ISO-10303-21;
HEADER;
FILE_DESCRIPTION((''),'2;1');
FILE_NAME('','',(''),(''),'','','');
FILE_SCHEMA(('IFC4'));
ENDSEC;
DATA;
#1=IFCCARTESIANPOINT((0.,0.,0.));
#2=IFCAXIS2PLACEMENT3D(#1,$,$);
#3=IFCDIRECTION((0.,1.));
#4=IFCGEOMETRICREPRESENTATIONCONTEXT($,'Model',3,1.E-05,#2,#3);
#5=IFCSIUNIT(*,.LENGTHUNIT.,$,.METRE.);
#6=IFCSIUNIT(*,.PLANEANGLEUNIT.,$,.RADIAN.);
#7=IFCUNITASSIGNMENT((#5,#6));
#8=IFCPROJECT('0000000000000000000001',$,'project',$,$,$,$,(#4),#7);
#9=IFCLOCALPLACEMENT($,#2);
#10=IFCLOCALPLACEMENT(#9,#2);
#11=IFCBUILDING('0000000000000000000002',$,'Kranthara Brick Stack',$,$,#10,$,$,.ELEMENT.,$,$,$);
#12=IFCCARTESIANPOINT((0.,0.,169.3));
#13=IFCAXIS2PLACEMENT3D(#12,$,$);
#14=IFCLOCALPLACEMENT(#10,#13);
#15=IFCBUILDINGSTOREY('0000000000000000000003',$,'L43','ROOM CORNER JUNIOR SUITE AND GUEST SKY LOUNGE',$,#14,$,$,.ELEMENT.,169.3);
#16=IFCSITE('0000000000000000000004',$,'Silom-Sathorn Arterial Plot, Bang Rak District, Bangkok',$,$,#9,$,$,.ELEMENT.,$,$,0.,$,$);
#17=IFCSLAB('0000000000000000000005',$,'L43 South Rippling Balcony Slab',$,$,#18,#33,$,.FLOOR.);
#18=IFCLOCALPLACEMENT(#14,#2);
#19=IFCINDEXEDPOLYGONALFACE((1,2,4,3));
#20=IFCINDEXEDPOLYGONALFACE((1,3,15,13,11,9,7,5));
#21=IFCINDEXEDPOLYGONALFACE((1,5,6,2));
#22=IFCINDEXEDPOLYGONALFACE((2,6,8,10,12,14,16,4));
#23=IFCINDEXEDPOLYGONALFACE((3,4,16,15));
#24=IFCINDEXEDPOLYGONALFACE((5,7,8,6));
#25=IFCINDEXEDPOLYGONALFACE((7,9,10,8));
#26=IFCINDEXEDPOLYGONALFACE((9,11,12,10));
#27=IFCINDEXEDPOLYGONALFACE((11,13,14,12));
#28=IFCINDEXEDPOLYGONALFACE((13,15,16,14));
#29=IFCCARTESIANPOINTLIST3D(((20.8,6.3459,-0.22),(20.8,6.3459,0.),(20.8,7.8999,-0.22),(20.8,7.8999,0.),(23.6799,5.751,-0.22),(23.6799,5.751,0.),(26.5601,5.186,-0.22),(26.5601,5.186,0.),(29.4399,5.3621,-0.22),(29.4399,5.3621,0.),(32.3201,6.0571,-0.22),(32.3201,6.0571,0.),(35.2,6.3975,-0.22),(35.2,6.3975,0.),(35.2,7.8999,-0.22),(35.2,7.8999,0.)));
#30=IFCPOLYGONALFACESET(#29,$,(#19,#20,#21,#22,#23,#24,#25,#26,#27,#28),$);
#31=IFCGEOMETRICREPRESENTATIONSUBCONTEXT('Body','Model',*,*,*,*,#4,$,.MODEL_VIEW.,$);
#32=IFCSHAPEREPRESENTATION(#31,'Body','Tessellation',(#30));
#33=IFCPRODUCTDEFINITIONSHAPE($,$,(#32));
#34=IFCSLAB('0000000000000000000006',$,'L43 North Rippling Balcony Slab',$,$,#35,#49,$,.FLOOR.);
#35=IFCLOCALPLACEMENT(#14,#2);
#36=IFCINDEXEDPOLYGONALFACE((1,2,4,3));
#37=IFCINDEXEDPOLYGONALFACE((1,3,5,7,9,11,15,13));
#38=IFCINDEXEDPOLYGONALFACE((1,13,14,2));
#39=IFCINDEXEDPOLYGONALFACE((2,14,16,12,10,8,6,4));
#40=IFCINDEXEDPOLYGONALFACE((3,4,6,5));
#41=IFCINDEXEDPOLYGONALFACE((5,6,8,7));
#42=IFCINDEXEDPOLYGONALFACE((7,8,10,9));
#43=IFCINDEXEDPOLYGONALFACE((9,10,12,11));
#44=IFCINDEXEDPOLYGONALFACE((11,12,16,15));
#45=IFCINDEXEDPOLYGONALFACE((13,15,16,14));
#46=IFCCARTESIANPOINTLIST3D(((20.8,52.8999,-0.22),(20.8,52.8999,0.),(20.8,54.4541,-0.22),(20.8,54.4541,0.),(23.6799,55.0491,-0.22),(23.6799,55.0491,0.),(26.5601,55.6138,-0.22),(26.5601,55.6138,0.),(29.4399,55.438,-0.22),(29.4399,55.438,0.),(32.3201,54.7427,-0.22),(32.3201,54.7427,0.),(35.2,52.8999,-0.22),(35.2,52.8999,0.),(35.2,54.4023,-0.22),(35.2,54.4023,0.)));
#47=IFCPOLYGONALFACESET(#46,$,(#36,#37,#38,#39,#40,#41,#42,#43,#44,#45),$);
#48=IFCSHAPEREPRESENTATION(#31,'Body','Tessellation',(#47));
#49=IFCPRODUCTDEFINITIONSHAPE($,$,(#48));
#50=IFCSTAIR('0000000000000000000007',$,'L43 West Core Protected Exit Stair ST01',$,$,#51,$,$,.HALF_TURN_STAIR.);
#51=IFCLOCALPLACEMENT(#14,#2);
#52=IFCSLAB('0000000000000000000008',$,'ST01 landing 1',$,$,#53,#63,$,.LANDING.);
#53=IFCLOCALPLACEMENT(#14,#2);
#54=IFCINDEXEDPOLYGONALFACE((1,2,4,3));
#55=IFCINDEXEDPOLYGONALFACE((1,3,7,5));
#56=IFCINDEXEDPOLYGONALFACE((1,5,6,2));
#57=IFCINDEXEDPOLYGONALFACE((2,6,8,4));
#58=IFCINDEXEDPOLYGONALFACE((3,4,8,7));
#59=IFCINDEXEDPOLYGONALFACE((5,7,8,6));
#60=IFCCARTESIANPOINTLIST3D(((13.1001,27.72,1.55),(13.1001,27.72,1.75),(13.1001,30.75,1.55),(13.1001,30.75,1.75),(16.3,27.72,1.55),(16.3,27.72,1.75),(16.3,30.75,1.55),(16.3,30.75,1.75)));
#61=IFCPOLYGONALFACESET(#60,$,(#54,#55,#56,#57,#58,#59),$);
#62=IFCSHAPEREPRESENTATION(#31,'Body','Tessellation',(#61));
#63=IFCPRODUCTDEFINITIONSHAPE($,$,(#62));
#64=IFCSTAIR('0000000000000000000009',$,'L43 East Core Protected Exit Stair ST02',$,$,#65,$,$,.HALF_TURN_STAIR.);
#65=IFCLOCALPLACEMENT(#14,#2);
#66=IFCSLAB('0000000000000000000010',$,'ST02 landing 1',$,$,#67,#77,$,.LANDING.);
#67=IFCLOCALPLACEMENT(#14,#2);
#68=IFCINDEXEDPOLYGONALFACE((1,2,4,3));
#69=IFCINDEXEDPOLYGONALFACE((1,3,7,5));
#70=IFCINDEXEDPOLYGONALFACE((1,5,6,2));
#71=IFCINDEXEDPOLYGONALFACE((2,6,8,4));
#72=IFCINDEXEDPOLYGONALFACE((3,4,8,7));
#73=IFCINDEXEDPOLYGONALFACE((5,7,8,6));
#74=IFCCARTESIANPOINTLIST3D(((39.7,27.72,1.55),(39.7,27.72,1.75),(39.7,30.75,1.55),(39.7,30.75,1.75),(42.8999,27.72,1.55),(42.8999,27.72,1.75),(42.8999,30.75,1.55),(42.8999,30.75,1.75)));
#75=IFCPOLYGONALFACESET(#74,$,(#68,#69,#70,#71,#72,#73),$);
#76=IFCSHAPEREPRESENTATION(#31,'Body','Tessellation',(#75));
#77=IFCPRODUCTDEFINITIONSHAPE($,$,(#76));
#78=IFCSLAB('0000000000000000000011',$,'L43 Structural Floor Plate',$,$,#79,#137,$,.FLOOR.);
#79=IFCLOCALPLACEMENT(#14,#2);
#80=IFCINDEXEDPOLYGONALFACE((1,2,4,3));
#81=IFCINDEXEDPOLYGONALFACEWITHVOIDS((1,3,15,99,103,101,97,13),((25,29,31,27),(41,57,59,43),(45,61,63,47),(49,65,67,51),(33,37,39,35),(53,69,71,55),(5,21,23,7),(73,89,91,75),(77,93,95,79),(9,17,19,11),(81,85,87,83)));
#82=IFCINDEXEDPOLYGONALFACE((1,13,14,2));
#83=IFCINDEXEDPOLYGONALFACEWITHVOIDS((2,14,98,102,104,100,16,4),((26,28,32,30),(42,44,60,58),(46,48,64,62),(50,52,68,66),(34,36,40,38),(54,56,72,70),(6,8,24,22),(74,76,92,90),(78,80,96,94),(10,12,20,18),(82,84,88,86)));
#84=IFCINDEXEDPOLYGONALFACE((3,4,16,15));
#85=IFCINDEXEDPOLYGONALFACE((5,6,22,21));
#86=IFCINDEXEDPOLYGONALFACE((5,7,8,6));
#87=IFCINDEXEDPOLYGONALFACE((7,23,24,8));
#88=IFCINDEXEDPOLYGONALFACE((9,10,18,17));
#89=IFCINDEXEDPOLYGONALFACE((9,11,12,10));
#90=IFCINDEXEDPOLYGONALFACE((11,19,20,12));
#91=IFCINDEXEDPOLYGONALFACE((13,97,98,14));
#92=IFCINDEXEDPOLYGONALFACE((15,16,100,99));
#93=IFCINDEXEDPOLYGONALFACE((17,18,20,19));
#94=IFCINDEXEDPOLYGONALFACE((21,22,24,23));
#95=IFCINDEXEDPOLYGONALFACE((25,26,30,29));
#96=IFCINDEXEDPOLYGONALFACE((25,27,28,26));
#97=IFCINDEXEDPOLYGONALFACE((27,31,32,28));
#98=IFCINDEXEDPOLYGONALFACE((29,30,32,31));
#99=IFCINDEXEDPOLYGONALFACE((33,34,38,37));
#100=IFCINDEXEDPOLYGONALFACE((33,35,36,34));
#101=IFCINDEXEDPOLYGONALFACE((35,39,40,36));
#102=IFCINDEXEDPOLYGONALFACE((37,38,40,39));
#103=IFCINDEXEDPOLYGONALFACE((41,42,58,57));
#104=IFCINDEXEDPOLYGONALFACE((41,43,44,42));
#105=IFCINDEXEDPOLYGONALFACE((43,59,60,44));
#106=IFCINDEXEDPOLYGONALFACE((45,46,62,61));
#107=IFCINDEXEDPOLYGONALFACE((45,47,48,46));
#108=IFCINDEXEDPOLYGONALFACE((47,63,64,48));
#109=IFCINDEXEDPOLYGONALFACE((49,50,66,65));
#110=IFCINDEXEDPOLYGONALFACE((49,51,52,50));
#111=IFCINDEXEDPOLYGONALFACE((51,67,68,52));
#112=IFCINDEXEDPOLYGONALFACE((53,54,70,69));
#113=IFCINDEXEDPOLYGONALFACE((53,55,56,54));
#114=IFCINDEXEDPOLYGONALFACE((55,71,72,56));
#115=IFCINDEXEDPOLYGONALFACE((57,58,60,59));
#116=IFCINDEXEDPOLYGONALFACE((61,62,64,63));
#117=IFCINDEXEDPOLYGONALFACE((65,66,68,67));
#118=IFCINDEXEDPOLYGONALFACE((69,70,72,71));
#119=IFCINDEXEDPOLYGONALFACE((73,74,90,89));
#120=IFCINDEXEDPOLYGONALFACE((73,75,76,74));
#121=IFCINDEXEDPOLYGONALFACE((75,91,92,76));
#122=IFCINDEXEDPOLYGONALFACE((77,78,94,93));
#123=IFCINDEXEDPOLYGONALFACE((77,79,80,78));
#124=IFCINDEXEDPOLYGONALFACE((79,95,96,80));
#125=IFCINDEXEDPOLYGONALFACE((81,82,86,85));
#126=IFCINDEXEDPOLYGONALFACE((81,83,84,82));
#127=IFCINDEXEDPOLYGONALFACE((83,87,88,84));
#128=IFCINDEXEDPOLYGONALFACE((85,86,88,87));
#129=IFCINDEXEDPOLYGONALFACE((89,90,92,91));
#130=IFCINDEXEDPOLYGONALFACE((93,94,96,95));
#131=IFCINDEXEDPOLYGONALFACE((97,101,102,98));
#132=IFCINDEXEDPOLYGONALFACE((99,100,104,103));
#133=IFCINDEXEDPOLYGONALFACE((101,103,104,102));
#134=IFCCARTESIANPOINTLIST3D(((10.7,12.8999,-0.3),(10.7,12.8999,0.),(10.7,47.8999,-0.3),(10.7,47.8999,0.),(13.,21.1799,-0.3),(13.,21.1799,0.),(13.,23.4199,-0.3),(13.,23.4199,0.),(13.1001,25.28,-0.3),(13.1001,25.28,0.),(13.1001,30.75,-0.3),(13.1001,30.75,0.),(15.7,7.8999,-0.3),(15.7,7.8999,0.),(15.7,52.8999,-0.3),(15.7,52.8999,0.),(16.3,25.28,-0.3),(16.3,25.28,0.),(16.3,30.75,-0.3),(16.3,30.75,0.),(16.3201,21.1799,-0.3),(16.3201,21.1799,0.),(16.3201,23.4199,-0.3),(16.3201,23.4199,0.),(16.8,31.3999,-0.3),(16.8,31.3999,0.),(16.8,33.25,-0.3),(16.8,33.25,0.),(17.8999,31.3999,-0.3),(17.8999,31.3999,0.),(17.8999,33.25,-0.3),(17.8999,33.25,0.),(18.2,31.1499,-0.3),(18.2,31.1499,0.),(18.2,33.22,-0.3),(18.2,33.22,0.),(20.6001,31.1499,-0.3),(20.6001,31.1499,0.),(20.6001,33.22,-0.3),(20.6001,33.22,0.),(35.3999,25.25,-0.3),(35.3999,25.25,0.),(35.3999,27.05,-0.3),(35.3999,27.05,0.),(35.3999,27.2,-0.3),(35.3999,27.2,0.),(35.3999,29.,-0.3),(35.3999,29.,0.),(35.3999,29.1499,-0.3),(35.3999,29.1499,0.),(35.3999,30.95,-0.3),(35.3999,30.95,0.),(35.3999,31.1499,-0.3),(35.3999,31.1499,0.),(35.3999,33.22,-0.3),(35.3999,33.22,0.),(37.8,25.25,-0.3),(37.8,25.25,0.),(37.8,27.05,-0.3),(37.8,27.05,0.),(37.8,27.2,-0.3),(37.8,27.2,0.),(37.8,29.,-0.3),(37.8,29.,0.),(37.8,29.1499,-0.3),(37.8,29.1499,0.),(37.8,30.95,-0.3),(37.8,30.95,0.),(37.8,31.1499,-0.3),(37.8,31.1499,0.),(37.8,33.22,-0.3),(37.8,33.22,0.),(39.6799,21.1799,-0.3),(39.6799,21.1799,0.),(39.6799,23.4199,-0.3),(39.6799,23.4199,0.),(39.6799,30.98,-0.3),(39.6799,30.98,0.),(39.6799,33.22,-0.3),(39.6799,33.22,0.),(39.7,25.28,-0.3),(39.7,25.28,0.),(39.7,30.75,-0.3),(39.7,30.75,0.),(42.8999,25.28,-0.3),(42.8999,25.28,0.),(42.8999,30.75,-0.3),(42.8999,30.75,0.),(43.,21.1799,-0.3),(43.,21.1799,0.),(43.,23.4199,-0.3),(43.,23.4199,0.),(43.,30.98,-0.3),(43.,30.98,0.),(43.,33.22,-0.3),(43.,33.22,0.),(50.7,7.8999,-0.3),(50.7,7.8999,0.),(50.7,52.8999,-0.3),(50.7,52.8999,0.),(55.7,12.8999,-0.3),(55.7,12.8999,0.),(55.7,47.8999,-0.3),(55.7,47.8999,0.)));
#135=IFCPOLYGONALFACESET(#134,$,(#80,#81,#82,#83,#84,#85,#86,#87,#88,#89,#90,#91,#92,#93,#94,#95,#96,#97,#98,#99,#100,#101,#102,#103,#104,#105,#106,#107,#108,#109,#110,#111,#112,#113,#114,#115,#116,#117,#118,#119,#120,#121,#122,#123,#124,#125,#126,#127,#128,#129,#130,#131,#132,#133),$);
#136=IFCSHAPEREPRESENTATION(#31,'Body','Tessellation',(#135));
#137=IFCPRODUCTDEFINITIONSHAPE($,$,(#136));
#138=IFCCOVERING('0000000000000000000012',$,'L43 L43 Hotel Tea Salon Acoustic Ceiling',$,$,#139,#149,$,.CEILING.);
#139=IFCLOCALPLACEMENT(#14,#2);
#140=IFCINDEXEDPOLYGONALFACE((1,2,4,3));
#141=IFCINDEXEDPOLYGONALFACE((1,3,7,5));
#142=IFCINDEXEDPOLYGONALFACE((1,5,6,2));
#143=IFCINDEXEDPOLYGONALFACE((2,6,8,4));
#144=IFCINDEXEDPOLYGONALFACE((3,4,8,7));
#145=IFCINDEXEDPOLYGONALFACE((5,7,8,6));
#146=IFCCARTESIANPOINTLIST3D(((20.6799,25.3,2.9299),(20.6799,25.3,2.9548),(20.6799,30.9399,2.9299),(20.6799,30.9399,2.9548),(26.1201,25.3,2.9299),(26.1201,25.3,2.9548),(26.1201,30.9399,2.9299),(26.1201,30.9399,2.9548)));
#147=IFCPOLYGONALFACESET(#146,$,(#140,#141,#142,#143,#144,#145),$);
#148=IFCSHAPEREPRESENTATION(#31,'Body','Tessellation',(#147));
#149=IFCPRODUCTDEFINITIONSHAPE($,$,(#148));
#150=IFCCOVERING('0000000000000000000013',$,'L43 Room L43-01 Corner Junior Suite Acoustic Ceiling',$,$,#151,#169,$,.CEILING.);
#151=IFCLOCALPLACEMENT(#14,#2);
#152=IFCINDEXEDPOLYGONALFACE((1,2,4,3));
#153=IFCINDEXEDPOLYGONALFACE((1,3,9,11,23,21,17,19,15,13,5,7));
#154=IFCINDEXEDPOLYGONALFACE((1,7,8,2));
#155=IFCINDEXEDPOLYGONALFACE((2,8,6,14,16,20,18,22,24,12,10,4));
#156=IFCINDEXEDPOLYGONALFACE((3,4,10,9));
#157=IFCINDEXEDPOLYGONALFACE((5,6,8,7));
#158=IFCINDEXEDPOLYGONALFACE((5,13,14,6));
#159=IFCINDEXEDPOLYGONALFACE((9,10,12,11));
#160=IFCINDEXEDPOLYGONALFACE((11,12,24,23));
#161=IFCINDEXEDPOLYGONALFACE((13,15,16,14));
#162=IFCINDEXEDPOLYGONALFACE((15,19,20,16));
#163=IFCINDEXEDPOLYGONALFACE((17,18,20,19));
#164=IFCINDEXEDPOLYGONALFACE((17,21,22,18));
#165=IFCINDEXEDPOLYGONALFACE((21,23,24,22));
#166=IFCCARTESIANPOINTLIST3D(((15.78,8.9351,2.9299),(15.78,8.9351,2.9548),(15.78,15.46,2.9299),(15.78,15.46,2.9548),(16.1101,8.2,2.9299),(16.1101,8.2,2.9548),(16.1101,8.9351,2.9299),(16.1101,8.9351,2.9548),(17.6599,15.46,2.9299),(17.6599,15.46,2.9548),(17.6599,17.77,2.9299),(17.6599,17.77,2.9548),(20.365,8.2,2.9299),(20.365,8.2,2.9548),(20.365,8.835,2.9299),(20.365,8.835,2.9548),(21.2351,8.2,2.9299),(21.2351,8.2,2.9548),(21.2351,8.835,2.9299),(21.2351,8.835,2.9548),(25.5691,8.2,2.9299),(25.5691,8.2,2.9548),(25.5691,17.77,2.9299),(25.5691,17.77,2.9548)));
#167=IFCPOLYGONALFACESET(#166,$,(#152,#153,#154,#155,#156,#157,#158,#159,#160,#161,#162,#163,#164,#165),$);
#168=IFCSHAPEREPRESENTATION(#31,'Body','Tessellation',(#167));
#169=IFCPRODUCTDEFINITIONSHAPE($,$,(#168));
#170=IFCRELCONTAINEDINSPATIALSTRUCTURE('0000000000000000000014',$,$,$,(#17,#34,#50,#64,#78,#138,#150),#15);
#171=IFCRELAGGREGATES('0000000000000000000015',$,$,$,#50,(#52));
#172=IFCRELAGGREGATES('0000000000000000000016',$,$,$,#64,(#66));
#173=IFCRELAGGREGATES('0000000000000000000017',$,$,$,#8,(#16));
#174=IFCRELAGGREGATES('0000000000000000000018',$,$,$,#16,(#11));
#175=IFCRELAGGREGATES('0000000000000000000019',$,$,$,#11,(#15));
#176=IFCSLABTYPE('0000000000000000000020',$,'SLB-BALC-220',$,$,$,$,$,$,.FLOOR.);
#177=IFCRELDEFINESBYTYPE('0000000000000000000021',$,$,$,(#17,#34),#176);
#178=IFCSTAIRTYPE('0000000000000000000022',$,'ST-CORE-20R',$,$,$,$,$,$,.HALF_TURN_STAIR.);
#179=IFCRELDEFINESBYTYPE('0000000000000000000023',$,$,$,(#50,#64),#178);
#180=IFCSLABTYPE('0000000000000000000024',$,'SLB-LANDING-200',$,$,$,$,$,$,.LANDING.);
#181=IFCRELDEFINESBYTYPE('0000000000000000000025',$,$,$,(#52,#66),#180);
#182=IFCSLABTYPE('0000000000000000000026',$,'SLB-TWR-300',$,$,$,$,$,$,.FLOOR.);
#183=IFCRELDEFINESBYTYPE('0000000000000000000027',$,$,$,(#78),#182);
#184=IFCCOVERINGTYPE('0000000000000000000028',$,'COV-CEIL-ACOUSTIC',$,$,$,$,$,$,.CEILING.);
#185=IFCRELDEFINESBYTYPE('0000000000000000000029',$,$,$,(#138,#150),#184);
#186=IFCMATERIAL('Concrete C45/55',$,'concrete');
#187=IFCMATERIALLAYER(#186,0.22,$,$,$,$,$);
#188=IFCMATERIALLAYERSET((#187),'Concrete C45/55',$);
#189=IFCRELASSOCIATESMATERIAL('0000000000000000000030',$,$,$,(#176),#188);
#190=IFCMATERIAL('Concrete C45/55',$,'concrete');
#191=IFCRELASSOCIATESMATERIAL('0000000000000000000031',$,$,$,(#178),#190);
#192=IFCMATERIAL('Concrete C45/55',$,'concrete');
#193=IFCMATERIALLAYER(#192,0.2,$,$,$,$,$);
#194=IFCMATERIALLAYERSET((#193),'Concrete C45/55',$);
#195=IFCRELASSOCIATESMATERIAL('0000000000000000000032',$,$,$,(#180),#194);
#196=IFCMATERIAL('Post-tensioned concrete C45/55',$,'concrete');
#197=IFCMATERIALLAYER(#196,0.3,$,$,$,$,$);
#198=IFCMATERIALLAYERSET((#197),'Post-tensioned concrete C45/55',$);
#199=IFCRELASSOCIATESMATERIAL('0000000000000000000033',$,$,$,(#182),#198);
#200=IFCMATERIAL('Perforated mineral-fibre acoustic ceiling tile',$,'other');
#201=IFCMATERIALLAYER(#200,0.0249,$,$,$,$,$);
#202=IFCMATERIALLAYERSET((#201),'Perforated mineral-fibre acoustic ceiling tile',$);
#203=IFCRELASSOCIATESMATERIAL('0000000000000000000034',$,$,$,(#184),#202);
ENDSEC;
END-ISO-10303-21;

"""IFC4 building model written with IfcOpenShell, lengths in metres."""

from ifc_helpers import new_model, si_unit, direction, frame, origin, place, context, subcontext, project, spatial, polyline, outline, extrude, material, layer, layer_set, type_object, element, aggregate, save


model = new_model("IFC4")

# Units and contexts
model_context = context("Model", 3, precision=1e-05, world=origin(), true_north=direction((0.0, 1.0)))
body_context = subcontext(model_context, "Body", "Model", "MODEL_VIEW")
ifc_project = project(units=[si_unit("LENGTHUNIT", "METRE"), si_unit("PLANEANGLEUNIT", "RADIAN")], contexts=[model_context])

# Site, building, storey
site_placement = place(None, origin())
site = spatial("IfcSite", under=ifc_project, at=site_placement, Name="Silom-Sathorn Arterial Plot, Bang Rak District, Bangkok", CompositionType="ELEMENT", RefElevation=0.0)
building_placement = place(site_placement, origin())
building = spatial("IfcBuilding", under=site, at=building_placement, Name="Kranthara Brick Stack", CompositionType="ELEMENT")
storey_placement = place(building_placement, frame((0.0, 0.0, 169.3)))
storey = spatial("IfcBuildingStorey", under=building, at=storey_placement, Name="L43", Description="ROOM CORNER JUNIOR SUITE AND GUEST SKY LOUNGE", CompositionType="ELEMENT", Elevation=169.3)

# Slabs
ifc_material_1 = material(Name="Concrete C45/55", Category="concrete")
ifc_layer_1 = layer(ifc_material_1, 0.22)
ifc_layer_set_1 = layer_set([ifc_layer_1], Name="Concrete C45/55")
slab_type_1 = type_object("IfcSlabType", Name="SLB-BALC-220", PredefinedType="FLOOR", material=ifc_layer_set_1)
slab_1_placement = place(storey_placement, frame((0.0, 0.0, -0.22)))
element("IfcSlab", 1, at=slab_1_placement, inside=storey, type_object=slab_type_1, Name="L43 South Rippling Balcony Slab", PredefinedType="FLOOR", context=body_context, shape_type="SweptSolid", body=[
    extrude(outline(polyline([(20.8, 7.8999), (35.2, 7.8999), (35.2, 6.3975), (32.3201, 6.0571), (29.4399, 5.3621), (26.5601, 5.186), (23.6799, 5.751), (20.8, 6.3459), (20.8, 7.8999)])), origin(), (0.0, 0.0, 1.0), 0.22),
])
slab_2_placement = place(storey_placement, frame((0.0, 0.0, -0.22)))
element("IfcSlab", 2, at=slab_2_placement, inside=storey, type_object=slab_type_1, Name="L43 North Rippling Balcony Slab", PredefinedType="FLOOR", context=body_context, shape_type="SweptSolid", body=[
    extrude(outline(polyline([(35.2, 52.8999), (20.8, 52.8999), (20.8, 54.4541), (23.6799, 55.0491), (26.5601, 55.6138), (29.4399, 55.438), (32.3201, 54.7427), (35.2, 54.4023), (35.2, 52.8999)])), origin(), (0.0, 0.0, 1.0), 0.22),
])

# Stairs, slabs
ifc_material_2 = material(Name="Concrete C45/55", Category="concrete")
stair_type = type_object("IfcStairType", Name="ST-CORE-20R", PredefinedType="HALF_TURN_STAIR", material=ifc_material_2)
stair_1_placement = place(storey_placement, origin())
stair_1 = element("IfcStair", 3, at=stair_1_placement, inside=storey, type_object=stair_type, Name="L43 West Core Protected Exit Stair ST01", PredefinedType="HALF_TURN_STAIR")
ifc_material_3 = material(Name="Concrete C45/55", Category="concrete")
ifc_layer_2 = layer(ifc_material_3, 0.2)
ifc_layer_set_2 = layer_set([ifc_layer_2], Name="Concrete C45/55")
slab_type_2 = type_object("IfcSlabType", Name="SLB-LANDING-200", PredefinedType="LANDING", material=ifc_layer_set_2)
slab_3_placement = place(storey_placement, frame((0.0, 0.0, 1.55)))
slab_3 = element("IfcSlab", 4, at=slab_3_placement, type_object=slab_type_2, Name="ST01 landing 1", PredefinedType="LANDING", context=body_context, shape_type="SweptSolid", body=[
    extrude(outline(polyline([(16.3, 27.72), (16.3, 30.75), (13.1001, 30.75), (13.1001, 27.72), (16.3, 27.72)])), origin(), (0.0, 0.0, 1.0), 0.2),
])
aggregate(stair_1, [slab_3])
stair_2_placement = place(storey_placement, origin())
stair_2 = element("IfcStair", 5, at=stair_2_placement, inside=storey, type_object=stair_type, Name="L43 East Core Protected Exit Stair ST02", PredefinedType="HALF_TURN_STAIR")
slab_4_placement = place(storey_placement, frame((0.0, 0.0, 1.55)))
slab_4 = element("IfcSlab", 6, at=slab_4_placement, type_object=slab_type_2, Name="ST02 landing 1", PredefinedType="LANDING", context=body_context, shape_type="SweptSolid", body=[
    extrude(outline(polyline([(42.8999, 27.72), (42.8999, 30.75), (39.7, 30.75), (39.7, 27.72), (42.8999, 27.72)])), origin(), (0.0, 0.0, 1.0), 0.2),
])
aggregate(stair_2, [slab_4])

# Slab
ifc_material_4 = material(Name="Post-tensioned concrete C45/55", Category="concrete")
ifc_layer_3 = layer(ifc_material_4, 0.3)
ifc_layer_set_3 = layer_set([ifc_layer_3], Name="Post-tensioned concrete C45/55")
slab_type_3 = type_object("IfcSlabType", Name="SLB-TWR-300", PredefinedType="FLOOR", material=ifc_layer_set_3)
slab_5_placement = place(storey_placement, frame((0.0, 0.0, -0.3)))
element("IfcSlab", 7, at=slab_5_placement, inside=storey, type_object=slab_type_3, Name="L43 Structural Floor Plate", PredefinedType="FLOOR", context=body_context, shape_type="SweptSolid", body=[
    extrude(outline(polyline([(15.7, 7.8999), (50.7, 7.8999), (55.7, 12.8999), (55.7, 47.8999), (50.7, 52.8999), (15.7, 52.8999), (10.7, 47.8999), (10.7, 12.8999), (15.7, 7.8999)]), holes=[polyline([(13.1001, 25.28), (16.3, 25.28), (16.3, 30.75), (13.1001, 30.75), (13.1001, 25.28)]), polyline([(39.7, 25.28), (42.8999, 25.28), (42.8999, 30.75), (39.7, 30.75), (39.7, 25.28)]), polyline([(13.0, 21.1799), (16.3201, 21.1799), (16.3201, 23.4199), (13.0, 23.4199), (13.0, 21.1799)]), polyline([(39.6799, 21.1799), (43.0, 21.1799), (43.0, 23.4199), (39.6799, 23.4199), (39.6799, 21.1799)]), polyline([(39.6799, 30.98), (43.0, 30.98), (43.0, 33.22), (39.6799, 33.22), (39.6799, 30.98)]), polyline([(35.3999, 25.25), (37.8, 25.25), (37.8, 27.05), (35.3999, 27.05), (35.3999, 25.25)]), polyline([(35.3999, 27.2), (37.8, 27.2), (37.8, 29.0), (35.3999, 29.0), (35.3999, 27.2)]), polyline([(35.3999, 29.1499), (37.8, 29.1499), (37.8, 30.95), (35.3999, 30.95), (35.3999, 29.1499)]), polyline([(18.2, 31.1499), (20.6001, 31.1499), (20.6001, 33.22), (18.2, 33.22), (18.2, 31.1499)]), polyline([(35.3999, 31.1499), (37.8, 31.1499), (37.8, 33.22), (35.3999, 33.22), (35.3999, 31.1499)]), polyline([(16.8, 31.3999), (17.8999, 31.3999), (17.8999, 33.25), (16.8, 33.25), (16.8, 31.3999)])]), origin(), (0.0, 0.0, 1.0), 0.3),
])

# Coverings
ifc_material_5 = material(Name="Perforated mineral-fibre acoustic ceiling tile", Category="other")
ifc_layer_4 = layer(ifc_material_5, 0.0249)
ifc_layer_set_4 = layer_set([ifc_layer_4], Name="Perforated mineral-fibre acoustic ceiling tile")
covering_type_1 = type_object("IfcCoveringType", Name="COV-CEIL-ACOUSTIC", PredefinedType="CEILING", material=ifc_layer_set_4)
covering_1_placement = place(storey_placement, frame((0.0, 0.0, 2.9299)))
element("IfcCovering", 8, at=covering_1_placement, inside=storey, type_object=covering_type_1, Name="L43 L43 Hotel Tea Salon Acoustic Ceiling", PredefinedType="CEILING", context=body_context, shape_type="SweptSolid", body=[
    extrude(outline(polyline([(26.1201, 25.3), (26.1201, 30.9399), (20.6799, 30.9399), (20.6799, 25.3), (26.1201, 25.3)])), origin(), (0.0, 0.0, 1.0), 0.0249),
])
covering_2_placement = place(storey_placement, frame((0.0, 0.0, 2.9299)))
element("IfcCovering", 9, at=covering_2_placement, inside=storey, type_object=covering_type_1, Name="L43 Room L43-01 Corner Junior Suite Acoustic Ceiling", PredefinedType="CEILING", context=body_context, shape_type="SweptSolid", body=[
    extrude(outline(polyline([(17.6599, 15.46), (17.6599, 17.77), (25.5691, 17.77), (25.5691, 8.2), (21.2351, 8.2), (21.2351, 8.835), (20.365, 8.835), (20.365, 8.2), (16.1101, 8.2), (16.1101, 8.9351), (15.78, 8.9351), (15.78, 15.46), (17.6599, 15.46)])), origin(), (0.0, 0.0, 1.0), 0.0249),
])

save(model, "model.ifc")
